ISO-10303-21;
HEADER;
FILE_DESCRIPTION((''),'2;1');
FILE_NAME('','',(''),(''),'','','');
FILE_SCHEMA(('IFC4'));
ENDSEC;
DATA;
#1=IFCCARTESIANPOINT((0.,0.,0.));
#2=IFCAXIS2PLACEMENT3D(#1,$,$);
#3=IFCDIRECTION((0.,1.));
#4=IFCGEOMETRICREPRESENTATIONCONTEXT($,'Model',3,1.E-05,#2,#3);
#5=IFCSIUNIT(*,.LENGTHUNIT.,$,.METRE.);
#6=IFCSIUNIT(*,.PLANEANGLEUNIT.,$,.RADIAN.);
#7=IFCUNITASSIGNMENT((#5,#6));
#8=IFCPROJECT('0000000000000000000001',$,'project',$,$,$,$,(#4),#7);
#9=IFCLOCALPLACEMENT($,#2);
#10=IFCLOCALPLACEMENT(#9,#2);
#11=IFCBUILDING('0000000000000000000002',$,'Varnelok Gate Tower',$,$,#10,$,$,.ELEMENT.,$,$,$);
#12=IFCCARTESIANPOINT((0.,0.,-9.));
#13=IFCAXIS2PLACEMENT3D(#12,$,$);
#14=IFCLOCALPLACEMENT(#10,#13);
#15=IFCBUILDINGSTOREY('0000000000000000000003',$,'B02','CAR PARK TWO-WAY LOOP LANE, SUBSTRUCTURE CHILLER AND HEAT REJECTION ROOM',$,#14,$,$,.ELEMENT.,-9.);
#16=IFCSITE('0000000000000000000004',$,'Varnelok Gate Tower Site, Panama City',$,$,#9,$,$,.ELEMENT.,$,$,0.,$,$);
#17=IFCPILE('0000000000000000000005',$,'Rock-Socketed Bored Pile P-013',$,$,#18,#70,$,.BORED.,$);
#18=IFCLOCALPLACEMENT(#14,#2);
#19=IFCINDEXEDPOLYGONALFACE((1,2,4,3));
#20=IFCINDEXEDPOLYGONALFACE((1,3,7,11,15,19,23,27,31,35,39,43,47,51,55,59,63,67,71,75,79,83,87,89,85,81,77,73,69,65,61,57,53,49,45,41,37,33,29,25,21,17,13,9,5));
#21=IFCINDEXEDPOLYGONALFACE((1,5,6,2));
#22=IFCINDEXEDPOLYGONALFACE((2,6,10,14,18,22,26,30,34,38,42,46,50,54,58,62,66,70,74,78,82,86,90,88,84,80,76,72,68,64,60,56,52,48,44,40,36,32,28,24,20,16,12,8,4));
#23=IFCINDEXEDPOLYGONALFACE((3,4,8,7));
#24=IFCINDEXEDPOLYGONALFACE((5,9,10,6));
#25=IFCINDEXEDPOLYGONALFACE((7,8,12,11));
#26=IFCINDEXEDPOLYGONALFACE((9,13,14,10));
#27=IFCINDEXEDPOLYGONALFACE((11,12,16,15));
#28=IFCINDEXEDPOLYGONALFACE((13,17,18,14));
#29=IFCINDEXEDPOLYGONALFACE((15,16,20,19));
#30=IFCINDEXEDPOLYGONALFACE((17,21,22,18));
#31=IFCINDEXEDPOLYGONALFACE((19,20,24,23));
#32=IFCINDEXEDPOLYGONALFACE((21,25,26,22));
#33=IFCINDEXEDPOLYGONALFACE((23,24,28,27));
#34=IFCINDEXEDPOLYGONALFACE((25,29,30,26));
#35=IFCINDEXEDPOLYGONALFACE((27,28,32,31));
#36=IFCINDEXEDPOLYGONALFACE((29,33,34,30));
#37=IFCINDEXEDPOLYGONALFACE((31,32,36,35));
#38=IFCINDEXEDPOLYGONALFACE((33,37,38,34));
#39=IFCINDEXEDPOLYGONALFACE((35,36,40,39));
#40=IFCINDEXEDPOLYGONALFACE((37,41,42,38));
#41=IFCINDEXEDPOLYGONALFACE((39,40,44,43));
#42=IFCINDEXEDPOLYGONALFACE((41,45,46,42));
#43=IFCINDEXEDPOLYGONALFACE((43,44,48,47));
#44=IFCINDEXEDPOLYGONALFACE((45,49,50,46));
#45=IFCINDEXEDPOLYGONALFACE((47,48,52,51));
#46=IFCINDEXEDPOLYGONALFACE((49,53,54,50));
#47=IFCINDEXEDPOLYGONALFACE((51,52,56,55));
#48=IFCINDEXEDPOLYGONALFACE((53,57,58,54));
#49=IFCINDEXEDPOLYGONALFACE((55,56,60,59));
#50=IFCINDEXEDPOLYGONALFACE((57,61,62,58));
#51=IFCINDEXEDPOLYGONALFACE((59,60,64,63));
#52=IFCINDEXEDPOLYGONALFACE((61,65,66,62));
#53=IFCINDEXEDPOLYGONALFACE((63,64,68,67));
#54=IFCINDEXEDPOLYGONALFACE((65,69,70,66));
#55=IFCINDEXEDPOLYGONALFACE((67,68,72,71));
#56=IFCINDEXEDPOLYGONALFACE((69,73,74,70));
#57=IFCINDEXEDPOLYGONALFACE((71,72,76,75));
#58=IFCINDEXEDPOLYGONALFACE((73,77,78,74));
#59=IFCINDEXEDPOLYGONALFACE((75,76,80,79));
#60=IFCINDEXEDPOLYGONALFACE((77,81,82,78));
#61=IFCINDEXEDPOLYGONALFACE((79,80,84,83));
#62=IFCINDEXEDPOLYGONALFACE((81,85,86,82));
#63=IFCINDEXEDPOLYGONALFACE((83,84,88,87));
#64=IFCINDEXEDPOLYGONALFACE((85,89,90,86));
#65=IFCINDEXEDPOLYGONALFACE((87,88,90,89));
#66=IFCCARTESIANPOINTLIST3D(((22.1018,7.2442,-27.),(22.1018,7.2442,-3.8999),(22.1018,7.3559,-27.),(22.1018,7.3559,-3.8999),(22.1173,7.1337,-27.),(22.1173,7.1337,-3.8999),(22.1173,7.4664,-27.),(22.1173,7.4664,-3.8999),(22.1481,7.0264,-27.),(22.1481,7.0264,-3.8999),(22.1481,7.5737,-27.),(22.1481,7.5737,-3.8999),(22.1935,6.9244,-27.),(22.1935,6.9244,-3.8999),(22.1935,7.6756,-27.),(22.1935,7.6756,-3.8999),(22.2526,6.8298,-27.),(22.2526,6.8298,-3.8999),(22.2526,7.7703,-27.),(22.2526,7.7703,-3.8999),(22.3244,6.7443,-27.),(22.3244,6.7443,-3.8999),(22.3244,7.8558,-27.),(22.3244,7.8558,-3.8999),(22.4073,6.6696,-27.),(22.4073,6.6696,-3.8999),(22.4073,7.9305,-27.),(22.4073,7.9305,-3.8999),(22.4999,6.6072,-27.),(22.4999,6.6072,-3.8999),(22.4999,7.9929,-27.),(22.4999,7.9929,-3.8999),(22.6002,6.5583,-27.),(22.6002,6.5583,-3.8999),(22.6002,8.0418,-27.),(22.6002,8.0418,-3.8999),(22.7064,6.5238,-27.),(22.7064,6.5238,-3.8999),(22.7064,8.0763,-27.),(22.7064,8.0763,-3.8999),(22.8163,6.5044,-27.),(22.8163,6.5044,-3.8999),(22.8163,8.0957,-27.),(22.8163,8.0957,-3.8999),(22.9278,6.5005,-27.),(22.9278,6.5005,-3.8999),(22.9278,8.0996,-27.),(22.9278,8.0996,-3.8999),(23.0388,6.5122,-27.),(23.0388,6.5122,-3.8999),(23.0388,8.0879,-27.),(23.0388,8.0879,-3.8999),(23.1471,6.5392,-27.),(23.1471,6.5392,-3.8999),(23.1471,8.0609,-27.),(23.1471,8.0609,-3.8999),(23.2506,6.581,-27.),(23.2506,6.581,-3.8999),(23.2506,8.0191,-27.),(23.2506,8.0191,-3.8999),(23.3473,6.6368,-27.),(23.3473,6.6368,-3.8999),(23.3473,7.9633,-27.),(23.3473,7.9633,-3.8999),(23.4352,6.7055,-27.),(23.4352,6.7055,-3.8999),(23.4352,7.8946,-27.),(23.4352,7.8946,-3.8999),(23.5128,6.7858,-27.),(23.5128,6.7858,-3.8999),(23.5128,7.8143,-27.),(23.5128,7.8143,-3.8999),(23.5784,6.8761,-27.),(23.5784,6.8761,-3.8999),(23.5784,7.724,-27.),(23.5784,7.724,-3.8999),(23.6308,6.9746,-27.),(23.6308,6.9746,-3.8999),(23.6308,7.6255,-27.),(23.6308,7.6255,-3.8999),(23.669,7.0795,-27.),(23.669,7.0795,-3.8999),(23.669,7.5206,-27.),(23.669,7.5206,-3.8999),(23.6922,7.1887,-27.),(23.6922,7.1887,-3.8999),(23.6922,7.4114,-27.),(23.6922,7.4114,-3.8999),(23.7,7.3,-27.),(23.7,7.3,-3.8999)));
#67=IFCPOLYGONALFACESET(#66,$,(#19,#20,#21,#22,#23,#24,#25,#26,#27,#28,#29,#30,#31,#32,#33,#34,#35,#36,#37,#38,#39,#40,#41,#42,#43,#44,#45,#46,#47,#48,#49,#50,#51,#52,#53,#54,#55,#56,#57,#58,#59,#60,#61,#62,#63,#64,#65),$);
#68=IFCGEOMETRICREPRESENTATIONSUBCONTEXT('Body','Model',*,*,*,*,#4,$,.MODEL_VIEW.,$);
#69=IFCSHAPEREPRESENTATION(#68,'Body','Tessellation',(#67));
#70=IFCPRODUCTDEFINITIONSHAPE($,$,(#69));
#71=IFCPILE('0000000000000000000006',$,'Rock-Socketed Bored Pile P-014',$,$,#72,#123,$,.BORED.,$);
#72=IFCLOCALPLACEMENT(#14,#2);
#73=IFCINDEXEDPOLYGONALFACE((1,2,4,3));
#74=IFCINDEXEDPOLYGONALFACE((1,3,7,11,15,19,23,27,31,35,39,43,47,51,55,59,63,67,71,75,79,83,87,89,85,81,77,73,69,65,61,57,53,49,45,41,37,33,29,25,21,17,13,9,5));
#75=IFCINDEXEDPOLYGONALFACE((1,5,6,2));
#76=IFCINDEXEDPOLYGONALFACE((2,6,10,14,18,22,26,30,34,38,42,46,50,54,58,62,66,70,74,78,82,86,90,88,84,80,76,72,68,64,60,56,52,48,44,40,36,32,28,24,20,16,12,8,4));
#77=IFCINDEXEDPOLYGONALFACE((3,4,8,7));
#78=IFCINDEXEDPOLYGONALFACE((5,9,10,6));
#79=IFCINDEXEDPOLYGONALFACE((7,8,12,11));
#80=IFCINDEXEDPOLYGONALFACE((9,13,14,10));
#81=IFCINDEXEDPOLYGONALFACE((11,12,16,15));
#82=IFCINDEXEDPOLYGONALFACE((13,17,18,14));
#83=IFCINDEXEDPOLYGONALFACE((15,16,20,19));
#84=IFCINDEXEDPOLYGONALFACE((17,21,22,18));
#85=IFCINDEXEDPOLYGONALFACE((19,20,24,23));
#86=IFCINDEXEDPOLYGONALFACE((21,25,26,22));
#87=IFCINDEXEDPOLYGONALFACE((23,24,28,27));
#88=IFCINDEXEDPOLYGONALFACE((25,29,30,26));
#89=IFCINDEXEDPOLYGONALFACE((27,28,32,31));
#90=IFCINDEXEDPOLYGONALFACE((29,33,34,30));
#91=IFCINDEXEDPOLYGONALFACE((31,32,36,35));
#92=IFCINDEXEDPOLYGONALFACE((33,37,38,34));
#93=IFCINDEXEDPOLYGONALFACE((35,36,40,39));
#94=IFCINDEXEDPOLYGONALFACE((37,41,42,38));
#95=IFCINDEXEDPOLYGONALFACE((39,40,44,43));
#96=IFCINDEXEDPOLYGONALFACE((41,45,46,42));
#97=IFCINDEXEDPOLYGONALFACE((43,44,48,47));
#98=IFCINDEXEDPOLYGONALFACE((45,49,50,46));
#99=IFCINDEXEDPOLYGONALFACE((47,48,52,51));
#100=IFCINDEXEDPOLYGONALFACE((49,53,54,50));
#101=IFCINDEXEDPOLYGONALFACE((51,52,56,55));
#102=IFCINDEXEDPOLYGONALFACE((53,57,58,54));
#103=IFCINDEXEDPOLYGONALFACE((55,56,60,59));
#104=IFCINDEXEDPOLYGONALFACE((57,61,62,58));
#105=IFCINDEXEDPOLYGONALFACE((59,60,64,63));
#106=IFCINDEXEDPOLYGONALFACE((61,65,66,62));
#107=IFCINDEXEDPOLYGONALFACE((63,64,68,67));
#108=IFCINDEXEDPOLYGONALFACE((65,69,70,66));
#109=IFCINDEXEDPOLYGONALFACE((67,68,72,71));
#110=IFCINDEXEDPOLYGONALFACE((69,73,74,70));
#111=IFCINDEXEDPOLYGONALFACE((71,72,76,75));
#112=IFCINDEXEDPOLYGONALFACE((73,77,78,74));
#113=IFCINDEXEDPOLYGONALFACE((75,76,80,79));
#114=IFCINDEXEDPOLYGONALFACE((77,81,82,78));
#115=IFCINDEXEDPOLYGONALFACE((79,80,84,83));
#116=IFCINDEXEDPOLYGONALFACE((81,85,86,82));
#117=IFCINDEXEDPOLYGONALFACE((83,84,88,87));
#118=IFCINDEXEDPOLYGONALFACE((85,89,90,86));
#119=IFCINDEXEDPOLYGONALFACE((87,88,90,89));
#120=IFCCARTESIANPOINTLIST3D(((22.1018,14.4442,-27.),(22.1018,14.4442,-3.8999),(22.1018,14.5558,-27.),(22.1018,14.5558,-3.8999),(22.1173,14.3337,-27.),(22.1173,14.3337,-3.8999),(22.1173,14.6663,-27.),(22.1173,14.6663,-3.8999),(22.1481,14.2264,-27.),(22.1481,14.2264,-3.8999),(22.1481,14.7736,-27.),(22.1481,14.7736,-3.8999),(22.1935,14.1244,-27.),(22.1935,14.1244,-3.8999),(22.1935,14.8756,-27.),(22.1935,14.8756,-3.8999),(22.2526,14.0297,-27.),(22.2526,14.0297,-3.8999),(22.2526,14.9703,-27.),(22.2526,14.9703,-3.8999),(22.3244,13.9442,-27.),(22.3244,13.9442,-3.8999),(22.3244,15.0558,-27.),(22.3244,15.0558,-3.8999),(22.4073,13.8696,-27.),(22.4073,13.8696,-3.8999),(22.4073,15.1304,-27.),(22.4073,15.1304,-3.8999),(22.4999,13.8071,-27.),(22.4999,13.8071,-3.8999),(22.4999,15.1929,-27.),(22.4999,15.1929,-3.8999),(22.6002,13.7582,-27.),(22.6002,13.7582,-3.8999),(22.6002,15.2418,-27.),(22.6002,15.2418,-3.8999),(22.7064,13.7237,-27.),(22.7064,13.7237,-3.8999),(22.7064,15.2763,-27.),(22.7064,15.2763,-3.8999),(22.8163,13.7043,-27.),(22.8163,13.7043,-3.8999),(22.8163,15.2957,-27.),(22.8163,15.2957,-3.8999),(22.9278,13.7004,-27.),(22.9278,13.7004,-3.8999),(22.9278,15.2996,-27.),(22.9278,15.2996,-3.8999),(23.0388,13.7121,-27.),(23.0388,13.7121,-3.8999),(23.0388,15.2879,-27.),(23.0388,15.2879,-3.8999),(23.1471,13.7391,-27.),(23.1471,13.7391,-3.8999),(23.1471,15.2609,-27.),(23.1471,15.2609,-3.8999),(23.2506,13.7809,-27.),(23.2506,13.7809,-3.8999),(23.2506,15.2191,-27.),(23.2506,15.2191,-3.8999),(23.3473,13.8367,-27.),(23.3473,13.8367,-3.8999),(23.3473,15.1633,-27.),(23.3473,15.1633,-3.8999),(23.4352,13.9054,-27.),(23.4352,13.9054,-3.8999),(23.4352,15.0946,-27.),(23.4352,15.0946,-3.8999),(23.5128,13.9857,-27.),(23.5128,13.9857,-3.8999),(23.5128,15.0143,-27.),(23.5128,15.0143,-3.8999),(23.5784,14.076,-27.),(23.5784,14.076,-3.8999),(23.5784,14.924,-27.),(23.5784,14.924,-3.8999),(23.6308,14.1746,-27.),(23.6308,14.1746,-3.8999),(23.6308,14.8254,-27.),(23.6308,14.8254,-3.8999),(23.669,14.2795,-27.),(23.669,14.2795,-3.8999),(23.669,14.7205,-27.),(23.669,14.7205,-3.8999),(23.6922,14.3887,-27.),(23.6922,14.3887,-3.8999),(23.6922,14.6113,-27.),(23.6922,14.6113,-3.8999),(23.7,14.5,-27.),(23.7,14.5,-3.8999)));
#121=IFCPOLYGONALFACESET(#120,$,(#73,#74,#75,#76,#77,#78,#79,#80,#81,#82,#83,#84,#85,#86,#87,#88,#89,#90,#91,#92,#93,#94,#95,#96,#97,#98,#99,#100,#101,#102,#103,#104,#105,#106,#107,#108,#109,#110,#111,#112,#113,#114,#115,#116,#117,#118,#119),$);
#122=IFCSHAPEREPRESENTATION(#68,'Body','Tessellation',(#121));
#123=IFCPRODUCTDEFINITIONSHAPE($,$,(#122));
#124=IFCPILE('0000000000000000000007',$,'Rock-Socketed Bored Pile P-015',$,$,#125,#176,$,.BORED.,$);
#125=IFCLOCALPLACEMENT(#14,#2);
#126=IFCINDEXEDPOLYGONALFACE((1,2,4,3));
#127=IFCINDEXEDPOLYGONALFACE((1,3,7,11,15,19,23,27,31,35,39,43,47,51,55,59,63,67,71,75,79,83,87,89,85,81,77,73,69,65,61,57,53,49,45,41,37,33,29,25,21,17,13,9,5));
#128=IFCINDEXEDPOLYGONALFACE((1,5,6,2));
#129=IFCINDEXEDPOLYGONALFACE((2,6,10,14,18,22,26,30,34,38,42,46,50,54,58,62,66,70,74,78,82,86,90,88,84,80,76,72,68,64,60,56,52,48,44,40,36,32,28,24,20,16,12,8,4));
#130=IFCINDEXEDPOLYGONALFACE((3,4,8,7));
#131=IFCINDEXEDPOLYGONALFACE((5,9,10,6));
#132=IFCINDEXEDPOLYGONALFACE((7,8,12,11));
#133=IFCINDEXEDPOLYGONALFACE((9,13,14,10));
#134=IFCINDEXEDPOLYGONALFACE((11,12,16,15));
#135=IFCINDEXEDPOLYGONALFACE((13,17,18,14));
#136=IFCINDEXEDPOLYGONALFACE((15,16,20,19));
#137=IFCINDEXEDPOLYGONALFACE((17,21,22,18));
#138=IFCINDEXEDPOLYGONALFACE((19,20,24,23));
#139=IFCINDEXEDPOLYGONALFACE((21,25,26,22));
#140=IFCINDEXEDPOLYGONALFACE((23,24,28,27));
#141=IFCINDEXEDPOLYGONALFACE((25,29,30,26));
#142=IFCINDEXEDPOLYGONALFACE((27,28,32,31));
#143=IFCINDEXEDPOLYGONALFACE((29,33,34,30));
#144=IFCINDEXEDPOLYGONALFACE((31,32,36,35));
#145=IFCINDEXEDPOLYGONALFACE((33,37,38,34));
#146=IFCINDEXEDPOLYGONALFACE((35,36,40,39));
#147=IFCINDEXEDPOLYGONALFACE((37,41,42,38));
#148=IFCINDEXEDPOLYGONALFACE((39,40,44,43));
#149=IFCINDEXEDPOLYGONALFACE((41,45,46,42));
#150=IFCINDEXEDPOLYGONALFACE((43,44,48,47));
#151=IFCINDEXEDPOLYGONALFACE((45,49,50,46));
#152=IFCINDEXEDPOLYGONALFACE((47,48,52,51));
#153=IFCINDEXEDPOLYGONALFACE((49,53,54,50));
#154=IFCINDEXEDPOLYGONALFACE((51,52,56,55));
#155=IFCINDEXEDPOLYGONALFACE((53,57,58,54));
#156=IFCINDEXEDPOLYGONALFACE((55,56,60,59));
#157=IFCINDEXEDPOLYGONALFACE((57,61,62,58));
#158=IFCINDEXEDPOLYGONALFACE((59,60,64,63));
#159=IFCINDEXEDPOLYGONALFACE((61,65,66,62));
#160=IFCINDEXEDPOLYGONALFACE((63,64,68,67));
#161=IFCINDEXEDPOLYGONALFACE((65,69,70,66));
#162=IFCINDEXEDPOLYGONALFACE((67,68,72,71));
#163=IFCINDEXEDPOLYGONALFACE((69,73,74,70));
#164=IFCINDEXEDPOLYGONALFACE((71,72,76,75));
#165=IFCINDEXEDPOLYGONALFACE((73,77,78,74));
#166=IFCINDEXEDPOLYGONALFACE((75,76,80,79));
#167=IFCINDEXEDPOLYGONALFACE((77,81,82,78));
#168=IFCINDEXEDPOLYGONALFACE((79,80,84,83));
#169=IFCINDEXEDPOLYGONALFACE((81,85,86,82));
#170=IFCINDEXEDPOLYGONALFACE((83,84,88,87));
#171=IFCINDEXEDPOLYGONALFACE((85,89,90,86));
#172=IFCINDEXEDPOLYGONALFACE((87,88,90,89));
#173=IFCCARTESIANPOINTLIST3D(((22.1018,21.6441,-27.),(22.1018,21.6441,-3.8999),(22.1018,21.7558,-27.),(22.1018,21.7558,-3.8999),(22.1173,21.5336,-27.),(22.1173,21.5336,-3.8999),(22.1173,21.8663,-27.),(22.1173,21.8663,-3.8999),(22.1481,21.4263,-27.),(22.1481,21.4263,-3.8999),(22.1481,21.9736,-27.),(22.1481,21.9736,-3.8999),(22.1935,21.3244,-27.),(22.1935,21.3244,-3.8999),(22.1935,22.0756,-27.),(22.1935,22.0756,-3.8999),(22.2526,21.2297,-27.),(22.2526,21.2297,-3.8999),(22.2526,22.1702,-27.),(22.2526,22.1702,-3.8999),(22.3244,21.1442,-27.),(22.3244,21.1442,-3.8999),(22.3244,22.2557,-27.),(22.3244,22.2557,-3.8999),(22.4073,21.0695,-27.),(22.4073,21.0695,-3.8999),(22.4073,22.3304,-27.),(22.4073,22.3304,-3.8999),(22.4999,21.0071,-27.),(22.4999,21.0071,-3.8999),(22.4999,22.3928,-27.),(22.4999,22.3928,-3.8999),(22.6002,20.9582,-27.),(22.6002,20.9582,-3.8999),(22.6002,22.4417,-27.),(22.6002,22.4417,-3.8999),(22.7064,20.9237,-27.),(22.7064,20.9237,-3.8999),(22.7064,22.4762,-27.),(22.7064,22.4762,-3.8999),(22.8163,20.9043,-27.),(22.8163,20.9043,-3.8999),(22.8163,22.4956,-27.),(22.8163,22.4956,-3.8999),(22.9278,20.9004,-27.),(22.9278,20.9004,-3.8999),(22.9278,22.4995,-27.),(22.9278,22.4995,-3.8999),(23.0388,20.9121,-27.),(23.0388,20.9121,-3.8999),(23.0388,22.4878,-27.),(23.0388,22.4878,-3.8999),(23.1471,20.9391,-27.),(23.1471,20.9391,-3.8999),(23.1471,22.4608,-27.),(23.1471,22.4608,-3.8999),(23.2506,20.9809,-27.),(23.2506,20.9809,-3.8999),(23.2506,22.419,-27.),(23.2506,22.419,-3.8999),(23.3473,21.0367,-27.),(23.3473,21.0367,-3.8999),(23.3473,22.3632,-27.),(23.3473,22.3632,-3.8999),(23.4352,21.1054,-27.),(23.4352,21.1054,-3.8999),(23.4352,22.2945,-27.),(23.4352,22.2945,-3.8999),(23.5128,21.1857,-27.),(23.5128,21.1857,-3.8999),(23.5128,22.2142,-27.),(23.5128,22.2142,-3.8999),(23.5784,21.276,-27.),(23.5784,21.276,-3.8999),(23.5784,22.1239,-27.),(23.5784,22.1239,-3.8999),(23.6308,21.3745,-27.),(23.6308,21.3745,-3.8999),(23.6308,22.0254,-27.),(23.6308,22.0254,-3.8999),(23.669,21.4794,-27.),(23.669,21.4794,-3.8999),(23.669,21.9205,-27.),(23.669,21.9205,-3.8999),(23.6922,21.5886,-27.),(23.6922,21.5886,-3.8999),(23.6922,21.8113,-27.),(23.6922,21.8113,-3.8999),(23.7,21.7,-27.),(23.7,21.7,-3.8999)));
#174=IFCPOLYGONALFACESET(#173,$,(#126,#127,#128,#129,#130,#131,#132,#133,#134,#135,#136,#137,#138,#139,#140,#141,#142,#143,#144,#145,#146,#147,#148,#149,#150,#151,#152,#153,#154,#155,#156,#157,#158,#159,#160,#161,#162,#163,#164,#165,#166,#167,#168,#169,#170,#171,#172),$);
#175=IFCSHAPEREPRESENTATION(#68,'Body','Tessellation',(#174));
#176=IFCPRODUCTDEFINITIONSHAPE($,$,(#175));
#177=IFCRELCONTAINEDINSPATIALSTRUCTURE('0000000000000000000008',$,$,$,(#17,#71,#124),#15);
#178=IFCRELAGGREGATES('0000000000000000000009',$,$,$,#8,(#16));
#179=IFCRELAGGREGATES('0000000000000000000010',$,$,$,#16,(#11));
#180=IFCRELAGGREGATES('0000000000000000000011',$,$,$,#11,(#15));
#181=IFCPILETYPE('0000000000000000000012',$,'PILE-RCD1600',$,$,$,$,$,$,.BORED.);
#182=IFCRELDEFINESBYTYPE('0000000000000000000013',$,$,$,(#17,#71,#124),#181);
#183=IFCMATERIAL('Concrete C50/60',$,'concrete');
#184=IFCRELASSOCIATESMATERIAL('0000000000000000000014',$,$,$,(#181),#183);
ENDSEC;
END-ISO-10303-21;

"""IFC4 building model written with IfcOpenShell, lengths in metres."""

from ifc_helpers import new_model, si_unit, direction, frame, origin, origin_2d, place, context, subcontext, project, spatial, circle, extrude, material, material_profile, profile_set, type_object, element, save


model = new_model("IFC4")

# Units and contexts
model_context = context("Model", 3, precision=1e-05, world=origin(), true_north=direction((0.0, 1.0)))
body_context = subcontext(model_context, "Body", "Model", "MODEL_VIEW")
ifc_project = project(units=[si_unit("LENGTHUNIT", "METRE"), si_unit("PLANEANGLEUNIT", "RADIAN")], contexts=[model_context])

# Site, building, storey
site_placement = place(None, origin())
site = spatial("IfcSite", under=ifc_project, at=site_placement, Name="Varnelok Gate Tower Site, Panama City", CompositionType="ELEMENT", RefElevation=0.0)
building_placement = place(site_placement, origin())
building = spatial("IfcBuilding", under=site, at=building_placement, Name="Varnelok Gate Tower", CompositionType="ELEMENT")
storey_placement = place(building_placement, frame((0.0, 0.0, -9.0)))
storey = spatial("IfcBuildingStorey", under=building, at=storey_placement, Name="B02", Description="CAR PARK TWO-WAY LOOP LANE, SUBSTRUCTURE CHILLER AND HEAT REJECTION ROOM", CompositionType="ELEMENT", Elevation=-9.0)

# Shared definitions
ifc_material_1 = material(Name="Concrete C50/60", Category="concrete")

# Piles
ifc_material_profile_1 = material_profile(ifc_material_1, circle(Radius=0.8, at=origin_2d()), Name="RCD1600")
ifc_profile_set_1 = profile_set([ifc_material_profile_1], Name="Concrete C50/60")
pile_type_1 = type_object("IfcPileType", Name="PILE-RCD1600", PredefinedType="BORED", material=ifc_profile_set_1)
for number, where, z_axis, x_axis, name in (
    (1, (22.8999, 7.3, -3.8999), (0.0, 0.0, -1.0), (1.0, 0.0, 0.0), "Rock-Socketed Bored Pile P-013"),
    (2, (22.8999, 14.5, -3.8999), (0.0, 0.0, -1.0), (1.0, 0.0, 0.0), "Rock-Socketed Bored Pile P-014"),
    (3, (22.8999, 21.7, -3.8999), (0.0, 0.0, -1.0), (1.0, 0.0, 0.0), "Rock-Socketed Bored Pile P-015"),
):
    element("IfcPile", number, at=place(storey_placement, frame(where, z_axis=z_axis, x_axis=x_axis)), inside=storey, type_object=pile_type_1, Name=name, PredefinedType="BORED", context=body_context, shape_type="SweptSolid", body=[
        extrude(circle(Radius=0.8, at=origin_2d()), origin(), (0.0, 0.0, 1.0), 23.1001),
    ])

save(model, "model.ifc")
